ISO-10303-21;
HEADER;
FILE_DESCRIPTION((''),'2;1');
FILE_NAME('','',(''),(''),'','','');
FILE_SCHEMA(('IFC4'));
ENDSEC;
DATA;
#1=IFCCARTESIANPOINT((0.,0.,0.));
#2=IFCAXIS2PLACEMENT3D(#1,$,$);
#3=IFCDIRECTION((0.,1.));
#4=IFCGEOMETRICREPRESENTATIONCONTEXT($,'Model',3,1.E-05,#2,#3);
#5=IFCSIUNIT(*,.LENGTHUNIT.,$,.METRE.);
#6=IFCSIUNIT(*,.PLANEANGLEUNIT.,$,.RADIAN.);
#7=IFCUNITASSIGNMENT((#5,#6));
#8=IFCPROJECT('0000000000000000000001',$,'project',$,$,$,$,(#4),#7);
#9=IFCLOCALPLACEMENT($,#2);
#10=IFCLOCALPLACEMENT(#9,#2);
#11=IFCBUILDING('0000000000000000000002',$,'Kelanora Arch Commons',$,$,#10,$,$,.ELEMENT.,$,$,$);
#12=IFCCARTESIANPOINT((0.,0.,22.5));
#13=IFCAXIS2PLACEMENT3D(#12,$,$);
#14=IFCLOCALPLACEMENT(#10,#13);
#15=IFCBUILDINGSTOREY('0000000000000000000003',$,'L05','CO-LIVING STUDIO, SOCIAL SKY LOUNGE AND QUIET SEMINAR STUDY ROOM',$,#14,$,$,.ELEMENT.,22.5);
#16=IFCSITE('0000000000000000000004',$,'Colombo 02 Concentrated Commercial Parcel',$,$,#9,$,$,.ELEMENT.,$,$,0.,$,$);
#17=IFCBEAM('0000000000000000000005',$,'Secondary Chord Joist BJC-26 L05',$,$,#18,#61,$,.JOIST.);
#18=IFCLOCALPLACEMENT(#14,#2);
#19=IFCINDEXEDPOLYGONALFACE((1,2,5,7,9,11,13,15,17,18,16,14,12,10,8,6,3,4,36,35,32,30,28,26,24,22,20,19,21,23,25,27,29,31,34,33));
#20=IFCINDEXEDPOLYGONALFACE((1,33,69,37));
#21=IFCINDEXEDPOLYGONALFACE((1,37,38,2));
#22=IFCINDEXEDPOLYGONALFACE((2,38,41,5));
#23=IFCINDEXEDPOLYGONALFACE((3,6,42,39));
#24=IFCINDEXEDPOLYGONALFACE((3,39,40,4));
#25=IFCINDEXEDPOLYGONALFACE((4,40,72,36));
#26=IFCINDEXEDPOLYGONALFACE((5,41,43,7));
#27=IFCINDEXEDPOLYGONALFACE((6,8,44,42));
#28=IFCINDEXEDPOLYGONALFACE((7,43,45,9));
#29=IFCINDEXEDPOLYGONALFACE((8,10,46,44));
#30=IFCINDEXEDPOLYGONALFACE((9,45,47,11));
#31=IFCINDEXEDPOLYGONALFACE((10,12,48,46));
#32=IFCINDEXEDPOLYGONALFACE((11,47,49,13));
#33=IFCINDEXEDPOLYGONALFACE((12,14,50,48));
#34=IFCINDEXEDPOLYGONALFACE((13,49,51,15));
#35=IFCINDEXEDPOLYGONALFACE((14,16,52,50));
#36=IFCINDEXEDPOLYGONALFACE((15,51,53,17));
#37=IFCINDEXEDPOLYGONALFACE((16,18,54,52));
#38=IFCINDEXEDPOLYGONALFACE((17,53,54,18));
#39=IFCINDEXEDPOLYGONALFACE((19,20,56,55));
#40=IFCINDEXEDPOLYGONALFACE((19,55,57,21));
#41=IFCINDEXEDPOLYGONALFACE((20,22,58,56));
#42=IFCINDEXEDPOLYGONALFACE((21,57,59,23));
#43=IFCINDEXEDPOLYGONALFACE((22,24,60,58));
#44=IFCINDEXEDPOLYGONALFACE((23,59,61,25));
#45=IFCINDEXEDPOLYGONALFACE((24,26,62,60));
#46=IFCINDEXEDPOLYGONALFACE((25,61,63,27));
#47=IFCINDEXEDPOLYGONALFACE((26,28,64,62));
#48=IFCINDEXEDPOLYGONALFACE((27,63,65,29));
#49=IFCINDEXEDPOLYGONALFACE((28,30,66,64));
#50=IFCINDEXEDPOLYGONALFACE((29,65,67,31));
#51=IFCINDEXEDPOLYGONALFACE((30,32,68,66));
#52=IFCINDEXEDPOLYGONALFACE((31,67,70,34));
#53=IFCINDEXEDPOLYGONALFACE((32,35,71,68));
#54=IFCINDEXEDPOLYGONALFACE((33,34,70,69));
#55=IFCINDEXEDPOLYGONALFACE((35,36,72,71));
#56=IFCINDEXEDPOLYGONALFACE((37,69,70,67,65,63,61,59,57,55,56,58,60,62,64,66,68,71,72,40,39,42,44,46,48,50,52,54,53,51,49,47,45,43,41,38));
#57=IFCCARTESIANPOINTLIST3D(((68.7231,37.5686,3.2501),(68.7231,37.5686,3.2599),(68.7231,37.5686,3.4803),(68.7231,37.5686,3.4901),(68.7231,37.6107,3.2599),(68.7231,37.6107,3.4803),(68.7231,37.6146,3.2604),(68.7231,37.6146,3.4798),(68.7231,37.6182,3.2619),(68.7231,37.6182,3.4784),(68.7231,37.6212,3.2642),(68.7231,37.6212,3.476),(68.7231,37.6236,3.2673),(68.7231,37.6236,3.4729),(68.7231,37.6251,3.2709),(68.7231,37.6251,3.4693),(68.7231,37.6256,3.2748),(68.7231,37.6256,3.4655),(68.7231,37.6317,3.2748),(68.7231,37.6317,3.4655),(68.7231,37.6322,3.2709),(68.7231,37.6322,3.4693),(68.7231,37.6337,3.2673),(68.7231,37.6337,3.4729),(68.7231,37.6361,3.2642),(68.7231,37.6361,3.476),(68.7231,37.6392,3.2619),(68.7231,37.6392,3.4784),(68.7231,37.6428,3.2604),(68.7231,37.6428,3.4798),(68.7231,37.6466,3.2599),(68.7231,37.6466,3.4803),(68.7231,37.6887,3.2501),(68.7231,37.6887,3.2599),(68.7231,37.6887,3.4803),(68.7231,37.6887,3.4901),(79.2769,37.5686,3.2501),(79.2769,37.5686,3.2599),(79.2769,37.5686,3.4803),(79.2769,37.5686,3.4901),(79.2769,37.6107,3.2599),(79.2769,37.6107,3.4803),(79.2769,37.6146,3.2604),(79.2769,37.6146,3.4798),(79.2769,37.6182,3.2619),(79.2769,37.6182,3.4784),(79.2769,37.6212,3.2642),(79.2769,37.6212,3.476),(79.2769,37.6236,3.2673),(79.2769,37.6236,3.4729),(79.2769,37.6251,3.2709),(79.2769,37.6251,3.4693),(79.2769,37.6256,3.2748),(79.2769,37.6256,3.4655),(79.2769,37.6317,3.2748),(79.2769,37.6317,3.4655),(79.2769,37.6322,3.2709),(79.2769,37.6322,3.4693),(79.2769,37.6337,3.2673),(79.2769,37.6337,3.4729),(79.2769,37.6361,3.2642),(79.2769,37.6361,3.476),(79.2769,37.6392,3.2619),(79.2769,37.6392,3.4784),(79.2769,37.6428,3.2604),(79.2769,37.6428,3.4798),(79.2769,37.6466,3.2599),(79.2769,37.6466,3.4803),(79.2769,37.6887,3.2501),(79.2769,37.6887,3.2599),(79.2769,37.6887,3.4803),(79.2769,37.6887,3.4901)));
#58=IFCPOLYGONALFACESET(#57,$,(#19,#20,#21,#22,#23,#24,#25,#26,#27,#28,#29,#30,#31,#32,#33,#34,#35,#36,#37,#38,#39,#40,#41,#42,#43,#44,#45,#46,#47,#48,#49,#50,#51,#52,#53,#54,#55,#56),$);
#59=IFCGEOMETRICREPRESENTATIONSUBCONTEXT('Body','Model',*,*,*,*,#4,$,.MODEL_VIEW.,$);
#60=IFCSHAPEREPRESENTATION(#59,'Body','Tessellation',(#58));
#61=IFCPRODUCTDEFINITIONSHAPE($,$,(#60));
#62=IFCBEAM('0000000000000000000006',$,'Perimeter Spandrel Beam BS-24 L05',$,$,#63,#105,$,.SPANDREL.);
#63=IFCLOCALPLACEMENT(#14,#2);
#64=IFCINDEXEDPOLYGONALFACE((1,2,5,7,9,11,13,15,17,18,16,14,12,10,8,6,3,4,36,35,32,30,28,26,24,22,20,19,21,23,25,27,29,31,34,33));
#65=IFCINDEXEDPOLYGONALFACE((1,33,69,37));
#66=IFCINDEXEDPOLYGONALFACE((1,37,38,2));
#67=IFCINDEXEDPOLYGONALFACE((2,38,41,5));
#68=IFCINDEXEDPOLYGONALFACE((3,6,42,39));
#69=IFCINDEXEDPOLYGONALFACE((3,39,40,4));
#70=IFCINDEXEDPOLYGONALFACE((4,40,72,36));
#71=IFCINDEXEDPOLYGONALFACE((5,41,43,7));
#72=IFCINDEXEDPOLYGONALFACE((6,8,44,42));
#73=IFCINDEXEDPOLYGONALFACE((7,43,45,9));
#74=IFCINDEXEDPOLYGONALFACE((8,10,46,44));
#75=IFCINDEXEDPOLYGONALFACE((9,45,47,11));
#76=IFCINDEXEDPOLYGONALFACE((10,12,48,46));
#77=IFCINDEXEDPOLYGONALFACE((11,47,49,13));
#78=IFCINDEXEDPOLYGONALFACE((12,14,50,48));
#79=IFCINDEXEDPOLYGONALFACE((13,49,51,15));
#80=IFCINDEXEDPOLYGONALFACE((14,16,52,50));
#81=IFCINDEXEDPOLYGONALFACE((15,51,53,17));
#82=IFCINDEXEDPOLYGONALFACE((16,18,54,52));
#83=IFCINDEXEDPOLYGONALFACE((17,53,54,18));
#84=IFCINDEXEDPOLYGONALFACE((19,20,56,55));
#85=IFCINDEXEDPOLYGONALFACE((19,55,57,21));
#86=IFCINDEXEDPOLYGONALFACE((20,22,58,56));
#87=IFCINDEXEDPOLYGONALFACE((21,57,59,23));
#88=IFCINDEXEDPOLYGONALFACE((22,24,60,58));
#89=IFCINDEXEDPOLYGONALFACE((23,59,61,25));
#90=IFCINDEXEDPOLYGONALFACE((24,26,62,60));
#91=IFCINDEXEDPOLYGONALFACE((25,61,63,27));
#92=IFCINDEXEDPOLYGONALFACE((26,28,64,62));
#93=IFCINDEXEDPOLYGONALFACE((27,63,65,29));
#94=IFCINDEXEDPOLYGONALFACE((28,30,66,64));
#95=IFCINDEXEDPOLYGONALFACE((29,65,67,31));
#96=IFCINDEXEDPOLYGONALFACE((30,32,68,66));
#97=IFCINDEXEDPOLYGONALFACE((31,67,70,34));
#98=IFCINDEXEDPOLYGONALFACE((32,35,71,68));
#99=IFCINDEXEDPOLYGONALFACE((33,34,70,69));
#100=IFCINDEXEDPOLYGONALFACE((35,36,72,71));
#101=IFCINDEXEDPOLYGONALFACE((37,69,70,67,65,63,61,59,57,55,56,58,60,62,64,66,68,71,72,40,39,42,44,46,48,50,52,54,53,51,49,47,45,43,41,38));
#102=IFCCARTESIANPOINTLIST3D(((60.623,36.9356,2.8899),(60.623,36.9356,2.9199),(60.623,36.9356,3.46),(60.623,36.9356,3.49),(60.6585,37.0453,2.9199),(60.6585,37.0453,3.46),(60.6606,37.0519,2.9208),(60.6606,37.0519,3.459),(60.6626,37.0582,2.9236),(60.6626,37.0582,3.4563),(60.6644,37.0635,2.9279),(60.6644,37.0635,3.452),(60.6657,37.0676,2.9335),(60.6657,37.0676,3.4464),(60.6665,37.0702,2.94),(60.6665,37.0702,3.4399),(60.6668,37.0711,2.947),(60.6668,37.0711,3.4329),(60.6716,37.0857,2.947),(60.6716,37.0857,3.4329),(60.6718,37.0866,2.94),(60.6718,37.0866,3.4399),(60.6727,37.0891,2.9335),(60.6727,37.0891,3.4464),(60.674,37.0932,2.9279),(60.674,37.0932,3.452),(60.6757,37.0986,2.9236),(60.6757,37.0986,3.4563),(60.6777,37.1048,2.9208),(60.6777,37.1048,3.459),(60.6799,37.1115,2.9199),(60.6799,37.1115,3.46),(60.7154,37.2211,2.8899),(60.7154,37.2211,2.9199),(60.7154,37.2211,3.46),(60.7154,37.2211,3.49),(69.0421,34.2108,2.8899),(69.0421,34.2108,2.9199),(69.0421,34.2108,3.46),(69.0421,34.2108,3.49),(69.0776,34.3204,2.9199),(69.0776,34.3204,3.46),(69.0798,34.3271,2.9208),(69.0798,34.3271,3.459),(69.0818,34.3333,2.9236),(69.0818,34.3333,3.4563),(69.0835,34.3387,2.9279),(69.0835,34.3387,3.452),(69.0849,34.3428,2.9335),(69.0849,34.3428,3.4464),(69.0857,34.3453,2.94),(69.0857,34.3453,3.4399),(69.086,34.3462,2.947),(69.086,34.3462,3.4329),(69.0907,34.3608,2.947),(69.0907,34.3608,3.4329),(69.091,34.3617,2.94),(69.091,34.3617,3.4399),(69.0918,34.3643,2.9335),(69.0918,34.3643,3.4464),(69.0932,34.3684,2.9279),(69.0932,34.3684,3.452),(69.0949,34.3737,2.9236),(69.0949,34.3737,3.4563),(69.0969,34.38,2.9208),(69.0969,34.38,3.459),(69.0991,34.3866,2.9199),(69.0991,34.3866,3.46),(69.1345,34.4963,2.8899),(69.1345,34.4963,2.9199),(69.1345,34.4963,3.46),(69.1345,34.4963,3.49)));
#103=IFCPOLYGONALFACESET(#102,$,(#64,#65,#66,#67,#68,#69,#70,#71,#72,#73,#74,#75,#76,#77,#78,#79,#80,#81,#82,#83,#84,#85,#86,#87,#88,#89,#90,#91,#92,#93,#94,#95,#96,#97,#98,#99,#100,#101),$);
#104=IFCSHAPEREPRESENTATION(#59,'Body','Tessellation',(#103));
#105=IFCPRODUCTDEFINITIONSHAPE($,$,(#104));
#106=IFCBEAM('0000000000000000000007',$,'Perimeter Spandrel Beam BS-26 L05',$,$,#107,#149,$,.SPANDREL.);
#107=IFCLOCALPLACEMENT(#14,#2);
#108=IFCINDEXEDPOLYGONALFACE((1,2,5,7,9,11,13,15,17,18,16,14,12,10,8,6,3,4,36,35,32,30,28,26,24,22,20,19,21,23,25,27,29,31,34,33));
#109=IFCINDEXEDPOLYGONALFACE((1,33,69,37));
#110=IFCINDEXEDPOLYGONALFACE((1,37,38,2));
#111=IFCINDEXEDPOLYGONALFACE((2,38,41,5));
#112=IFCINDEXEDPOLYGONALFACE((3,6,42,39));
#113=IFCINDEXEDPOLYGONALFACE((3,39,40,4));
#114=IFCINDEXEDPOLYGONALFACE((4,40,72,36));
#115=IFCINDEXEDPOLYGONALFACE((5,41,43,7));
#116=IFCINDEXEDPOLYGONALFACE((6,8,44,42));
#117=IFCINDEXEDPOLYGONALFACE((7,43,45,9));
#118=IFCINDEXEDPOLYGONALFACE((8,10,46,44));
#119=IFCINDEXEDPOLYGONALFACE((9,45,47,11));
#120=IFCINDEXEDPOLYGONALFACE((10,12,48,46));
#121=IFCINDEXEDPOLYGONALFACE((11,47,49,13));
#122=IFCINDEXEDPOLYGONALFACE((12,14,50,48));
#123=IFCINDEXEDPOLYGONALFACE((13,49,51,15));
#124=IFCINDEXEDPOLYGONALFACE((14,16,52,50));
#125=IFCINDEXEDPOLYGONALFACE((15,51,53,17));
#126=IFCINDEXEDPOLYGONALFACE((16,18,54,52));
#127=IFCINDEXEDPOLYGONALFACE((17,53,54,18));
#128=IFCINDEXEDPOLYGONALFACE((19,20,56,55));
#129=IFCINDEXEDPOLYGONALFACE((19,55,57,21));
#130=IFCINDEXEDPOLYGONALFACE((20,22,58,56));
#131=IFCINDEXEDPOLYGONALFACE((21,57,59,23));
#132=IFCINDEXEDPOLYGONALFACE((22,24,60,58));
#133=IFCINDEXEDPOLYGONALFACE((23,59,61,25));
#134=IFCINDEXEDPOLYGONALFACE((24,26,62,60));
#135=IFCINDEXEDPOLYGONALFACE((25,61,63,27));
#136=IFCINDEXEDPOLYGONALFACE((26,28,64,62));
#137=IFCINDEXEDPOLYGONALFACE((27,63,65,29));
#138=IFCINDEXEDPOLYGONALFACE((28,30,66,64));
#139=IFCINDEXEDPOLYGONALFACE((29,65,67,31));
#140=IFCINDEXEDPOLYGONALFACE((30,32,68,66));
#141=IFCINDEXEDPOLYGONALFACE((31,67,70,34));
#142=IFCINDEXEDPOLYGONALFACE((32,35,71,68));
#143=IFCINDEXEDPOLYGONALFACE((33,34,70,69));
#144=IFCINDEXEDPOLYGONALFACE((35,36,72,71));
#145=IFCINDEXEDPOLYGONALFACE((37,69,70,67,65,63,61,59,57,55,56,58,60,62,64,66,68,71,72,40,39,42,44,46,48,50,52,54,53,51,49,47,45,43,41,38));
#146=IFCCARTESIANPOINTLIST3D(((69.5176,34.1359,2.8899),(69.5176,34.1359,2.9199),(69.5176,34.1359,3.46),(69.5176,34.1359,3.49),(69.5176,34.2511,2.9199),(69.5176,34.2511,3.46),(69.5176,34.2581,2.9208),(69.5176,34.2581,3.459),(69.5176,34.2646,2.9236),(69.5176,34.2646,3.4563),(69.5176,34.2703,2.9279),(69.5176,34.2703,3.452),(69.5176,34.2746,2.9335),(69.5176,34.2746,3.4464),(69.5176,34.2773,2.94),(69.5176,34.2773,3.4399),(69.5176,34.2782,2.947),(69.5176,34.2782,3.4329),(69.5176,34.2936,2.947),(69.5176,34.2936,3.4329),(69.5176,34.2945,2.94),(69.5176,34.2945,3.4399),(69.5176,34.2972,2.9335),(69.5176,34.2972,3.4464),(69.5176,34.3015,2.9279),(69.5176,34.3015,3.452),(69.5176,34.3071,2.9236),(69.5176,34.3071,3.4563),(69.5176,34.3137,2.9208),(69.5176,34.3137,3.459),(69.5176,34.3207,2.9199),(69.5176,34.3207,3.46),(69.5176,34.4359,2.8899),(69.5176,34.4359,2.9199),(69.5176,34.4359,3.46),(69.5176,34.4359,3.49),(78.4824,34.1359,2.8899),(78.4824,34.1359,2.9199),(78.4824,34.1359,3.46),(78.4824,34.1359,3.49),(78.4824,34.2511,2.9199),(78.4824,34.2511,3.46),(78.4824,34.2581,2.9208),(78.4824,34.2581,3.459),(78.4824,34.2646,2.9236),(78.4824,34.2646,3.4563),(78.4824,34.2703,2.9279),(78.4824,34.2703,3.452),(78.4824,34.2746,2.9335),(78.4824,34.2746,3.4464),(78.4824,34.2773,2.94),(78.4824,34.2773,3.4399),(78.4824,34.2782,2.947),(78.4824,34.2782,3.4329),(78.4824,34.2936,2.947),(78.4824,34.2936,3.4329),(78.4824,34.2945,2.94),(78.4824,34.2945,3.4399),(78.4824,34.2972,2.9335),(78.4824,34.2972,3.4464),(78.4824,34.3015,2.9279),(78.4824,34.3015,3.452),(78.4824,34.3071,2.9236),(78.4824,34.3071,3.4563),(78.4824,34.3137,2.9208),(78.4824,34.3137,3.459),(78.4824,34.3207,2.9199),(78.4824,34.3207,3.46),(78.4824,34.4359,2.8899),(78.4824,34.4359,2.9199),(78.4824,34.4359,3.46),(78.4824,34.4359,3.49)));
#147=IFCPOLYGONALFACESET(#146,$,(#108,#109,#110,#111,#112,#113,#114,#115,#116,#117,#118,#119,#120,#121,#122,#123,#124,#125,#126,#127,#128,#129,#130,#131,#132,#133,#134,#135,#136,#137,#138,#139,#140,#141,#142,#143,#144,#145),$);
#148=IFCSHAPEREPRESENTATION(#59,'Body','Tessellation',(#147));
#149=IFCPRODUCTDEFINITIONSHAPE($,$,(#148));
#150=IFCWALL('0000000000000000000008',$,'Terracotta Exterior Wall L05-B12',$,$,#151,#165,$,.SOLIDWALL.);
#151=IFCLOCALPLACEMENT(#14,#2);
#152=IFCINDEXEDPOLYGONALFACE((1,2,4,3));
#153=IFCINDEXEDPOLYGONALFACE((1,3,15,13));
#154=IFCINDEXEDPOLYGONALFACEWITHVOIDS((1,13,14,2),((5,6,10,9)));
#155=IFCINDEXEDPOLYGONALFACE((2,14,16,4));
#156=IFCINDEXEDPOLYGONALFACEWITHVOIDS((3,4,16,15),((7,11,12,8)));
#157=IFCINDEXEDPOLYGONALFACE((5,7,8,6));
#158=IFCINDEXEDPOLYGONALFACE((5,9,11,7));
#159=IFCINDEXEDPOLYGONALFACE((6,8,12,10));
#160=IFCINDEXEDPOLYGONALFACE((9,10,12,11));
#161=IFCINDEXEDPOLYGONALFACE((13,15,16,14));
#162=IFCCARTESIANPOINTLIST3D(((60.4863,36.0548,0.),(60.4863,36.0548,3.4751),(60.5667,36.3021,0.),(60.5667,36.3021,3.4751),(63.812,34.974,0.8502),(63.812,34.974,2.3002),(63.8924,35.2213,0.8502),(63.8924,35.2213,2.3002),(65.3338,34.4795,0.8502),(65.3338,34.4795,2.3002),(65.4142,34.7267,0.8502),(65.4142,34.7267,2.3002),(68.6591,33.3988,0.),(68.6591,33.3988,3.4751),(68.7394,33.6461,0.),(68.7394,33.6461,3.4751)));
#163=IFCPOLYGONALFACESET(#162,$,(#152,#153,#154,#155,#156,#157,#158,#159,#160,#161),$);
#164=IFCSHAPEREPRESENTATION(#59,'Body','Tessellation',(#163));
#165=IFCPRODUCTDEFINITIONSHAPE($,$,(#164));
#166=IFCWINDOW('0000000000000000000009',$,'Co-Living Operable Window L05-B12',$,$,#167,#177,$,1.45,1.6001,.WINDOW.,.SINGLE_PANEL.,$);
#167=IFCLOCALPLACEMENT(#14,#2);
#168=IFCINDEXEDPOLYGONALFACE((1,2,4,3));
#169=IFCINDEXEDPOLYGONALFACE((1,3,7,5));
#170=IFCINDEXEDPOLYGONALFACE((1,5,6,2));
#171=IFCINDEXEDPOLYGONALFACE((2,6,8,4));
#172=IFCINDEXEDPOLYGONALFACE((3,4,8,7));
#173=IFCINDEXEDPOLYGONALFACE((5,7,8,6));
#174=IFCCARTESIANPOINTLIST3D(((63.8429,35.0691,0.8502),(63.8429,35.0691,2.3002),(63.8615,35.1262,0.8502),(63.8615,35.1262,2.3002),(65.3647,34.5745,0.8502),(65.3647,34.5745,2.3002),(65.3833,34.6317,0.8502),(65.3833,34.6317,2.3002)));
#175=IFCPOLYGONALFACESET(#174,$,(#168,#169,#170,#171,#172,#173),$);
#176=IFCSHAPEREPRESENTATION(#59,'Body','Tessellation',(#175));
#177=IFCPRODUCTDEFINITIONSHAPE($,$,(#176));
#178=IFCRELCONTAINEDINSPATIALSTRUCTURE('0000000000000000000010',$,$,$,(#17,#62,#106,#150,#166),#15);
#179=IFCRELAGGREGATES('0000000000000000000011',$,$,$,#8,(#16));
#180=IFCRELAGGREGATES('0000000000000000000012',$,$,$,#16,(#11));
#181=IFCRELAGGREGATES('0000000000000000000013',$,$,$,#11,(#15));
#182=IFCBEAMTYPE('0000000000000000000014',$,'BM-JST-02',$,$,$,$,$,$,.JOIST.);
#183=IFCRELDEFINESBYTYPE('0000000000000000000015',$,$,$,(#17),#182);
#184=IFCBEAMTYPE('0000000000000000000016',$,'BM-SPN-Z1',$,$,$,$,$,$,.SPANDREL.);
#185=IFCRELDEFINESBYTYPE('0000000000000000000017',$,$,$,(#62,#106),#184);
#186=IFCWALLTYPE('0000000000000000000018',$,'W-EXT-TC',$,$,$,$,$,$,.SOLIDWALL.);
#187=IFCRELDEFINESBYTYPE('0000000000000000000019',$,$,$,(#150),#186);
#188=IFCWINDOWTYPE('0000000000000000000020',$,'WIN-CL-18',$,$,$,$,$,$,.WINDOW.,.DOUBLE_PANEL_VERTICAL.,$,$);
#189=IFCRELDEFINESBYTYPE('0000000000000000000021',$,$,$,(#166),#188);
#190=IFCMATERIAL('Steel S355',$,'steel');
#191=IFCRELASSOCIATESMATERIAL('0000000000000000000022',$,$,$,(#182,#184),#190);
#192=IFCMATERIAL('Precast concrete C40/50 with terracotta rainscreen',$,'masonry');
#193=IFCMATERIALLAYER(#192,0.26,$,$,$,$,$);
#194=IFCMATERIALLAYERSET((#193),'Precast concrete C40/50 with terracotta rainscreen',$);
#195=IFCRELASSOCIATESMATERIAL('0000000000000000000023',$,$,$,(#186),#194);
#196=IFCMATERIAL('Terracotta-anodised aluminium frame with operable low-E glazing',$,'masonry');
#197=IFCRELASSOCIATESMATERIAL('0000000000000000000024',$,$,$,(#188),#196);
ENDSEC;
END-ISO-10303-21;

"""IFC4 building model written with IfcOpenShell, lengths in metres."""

from ifc_helpers import new_model, si_unit, direction, frame, frame_2d, origin, origin_2d, place, context, subcontext, project, spatial, rectangle, i_section, extrude, material, layer, layer_set, material_profile, profile_set, type_object, element, fill, save


model = new_model("IFC4")

# Units and contexts
model_context = context("Model", 3, precision=1e-05, world=origin(), true_north=direction((0.0, 1.0)))
body_context = subcontext(model_context, "Body", "Model", "MODEL_VIEW")
ifc_project = project(units=[si_unit("LENGTHUNIT", "METRE"), si_unit("PLANEANGLEUNIT", "RADIAN")], contexts=[model_context])

# Site, building, storey
site_placement = place(None, origin())
site = spatial("IfcSite", under=ifc_project, at=site_placement, Name="Colombo 02 Concentrated Commercial Parcel", CompositionType="ELEMENT", RefElevation=0.0)
building_placement = place(site_placement, origin())
building = spatial("IfcBuilding", under=site, at=building_placement, Name="Kelanora Arch Commons", CompositionType="ELEMENT")
storey_placement = place(building_placement, frame((0.0, 0.0, 22.5)))
storey = spatial("IfcBuildingStorey", under=building, at=storey_placement, Name="L05", Description="CO-LIVING STUDIO, SOCIAL SKY LOUNGE AND QUIET SEMINAR STUDY ROOM", CompositionType="ELEMENT", Elevation=22.5)

# Beams
ifc_material_1 = material(Name="Steel S355", Category="steel")
ifc_material_profile_1 = material_profile(ifc_material_1, i_section(OverallWidth=0.1201, OverallDepth=0.24, WebThickness=0.0061, FlangeThickness=0.0098, FilletRadius=0.0149, at=origin_2d()), Name="IPE240")
ifc_profile_set_1 = profile_set([ifc_material_profile_1], Name="Steel S355")
beam_type_1 = type_object("IfcBeamType", Name="BM-JST-02", PredefinedType="JOIST", material=ifc_profile_set_1)
beam_1_placement = place(storey_placement, frame((68.7231, 37.6287, 3.3701), z_axis=(1.0, 0.0, 0.0), x_axis=(0.0, 1.0, 0.0)))
element("IfcBeam", 1, at=beam_1_placement, inside=storey, type_object=beam_type_1, Name="Secondary Chord Joist BJC-26 L05", PredefinedType="JOIST", context=body_context, shape_type="SweptSolid", body=[
    extrude(i_section(OverallWidth=0.1201, OverallDepth=0.24, WebThickness=0.0061, FlangeThickness=0.0098, FilletRadius=0.0149, at=origin_2d()), origin(), (0.0, 0.0, 1.0), 10.5537),
])
ifc_material_profile_2 = material_profile(ifc_material_1, i_section(OverallWidth=0.3, OverallDepth=0.6001, WebThickness=0.0154, FlangeThickness=0.03, FilletRadius=0.0271, at=origin_2d()), Name="HEB600")
ifc_profile_set_2 = profile_set([ifc_material_profile_2], Name="Steel S355")
beam_type_2 = type_object("IfcBeamType", Name="BM-SPN-Z1", PredefinedType="SPANDREL", material=ifc_profile_set_2)
beam_2_placement = place(storey_placement, frame((60.6692, 37.0784, 3.1899), z_axis=(0.951411, -0.307922, 0.0), x_axis=(0.307922, 0.951411, 0.0)))
element("IfcBeam", 2, at=beam_2_placement, inside=storey, type_object=beam_type_2, Name="Perimeter Spandrel Beam BS-24 L05", PredefinedType="SPANDREL", context=body_context, shape_type="SweptSolid", body=[
    extrude(i_section(OverallWidth=0.3, OverallDepth=0.6001, WebThickness=0.0154, FlangeThickness=0.03, FilletRadius=0.0271, at=origin_2d()), origin(), (0.0, 0.0, 1.0), 8.8491),
])
beam_3_placement = place(storey_placement, frame((69.5176, 34.2859, 3.1899), z_axis=(1.0, 0.0, 0.0), x_axis=(0.0, 1.0, 0.0)))
element("IfcBeam", 3, at=beam_3_placement, inside=storey, type_object=beam_type_2, Name="Perimeter Spandrel Beam BS-26 L05", PredefinedType="SPANDREL", context=body_context, shape_type="SweptSolid", body=[
    extrude(i_section(OverallWidth=0.3, OverallDepth=0.6001, WebThickness=0.0154, FlangeThickness=0.03, FilletRadius=0.0271, at=origin_2d()), origin(), (0.0, 0.0, 1.0), 8.9648),
])

# Wall, opening, window
ifc_material_2 = material(Name="Precast concrete C40/50 with terracotta rainscreen", Category="masonry")
ifc_layer_1 = layer(ifc_material_2, 0.26)
ifc_layer_set_1 = layer_set([ifc_layer_1], Name="Precast concrete C40/50 with terracotta rainscreen")
wall_type_1 = type_object("IfcWallType", Name="W-EXT-TC", PredefinedType="SOLIDWALL", material=ifc_layer_set_1)
wall_1_placement = place(storey_placement, frame((60.5264, 36.1785, 0.0), z_axis=(0.0, 0.0, 1.0), x_axis=(0.95104, -0.309068, 0.0)))
wall_1 = element("IfcWall", 4, at=wall_1_placement, inside=storey, type_object=wall_type_1, Name="Terracotta Exterior Wall L05-B12", PredefinedType="SOLIDWALL", context=body_context, shape_type="SweptSolid", body=[
    extrude(rectangle(XDim=8.5935, YDim=0.26, at=frame_2d((4.2969, 0.0))), origin(), (0.0, 0.0, 1.0), 3.4751),
])
opening_1_placement = place(wall_1_placement, frame((3.4971, 0.0, 0.8501)))
opening_1 = element("IfcOpeningElement", 5, at=opening_1_placement, cuts=wall_1, PredefinedType="OPENING", context=body_context, shape_type="SweptSolid", body=[
    extrude(rectangle(XDim=1.6001, YDim=1.45, at=frame_2d((0.8, 0.7251))), frame((0.0, 0.1401, 0.0), z_axis=(0.0, -1.0, 0.0), x_axis=(1.0, 0.0, 0.0)), (0.0, 0.0, 1.0), 0.28),
])
ifc_material_3 = material(Name="Terracotta-anodised aluminium frame with operable low-E glazing", Category="masonry")
window_type = type_object("IfcWindowType", Name="WIN-CL-18", PartitioningType="DOUBLE_PANEL_VERTICAL", PredefinedType="WINDOW", material=ifc_material_3)
window_1_placement = place(opening_1_placement, origin())
window_1 = element("IfcWindow", 6, at=window_1_placement, inside=storey, type_object=window_type, Name="Co-Living Operable Window L05-B12", OverallHeight=1.45, OverallWidth=1.6001, PartitioningType="SINGLE_PANEL", PredefinedType="WINDOW", context=body_context, shape_type="SweptSolid", body=[
    extrude(rectangle(XDim=1.6001, YDim=1.45, at=frame_2d((0.8, 0.7251))), frame((0.0, 0.03, 0.0), z_axis=(0.0, -1.0, 0.0), x_axis=(1.0, 0.0, 0.0)), (0.0, 0.0, 1.0), 0.0601),
])
fill(opening_1, window_1)

save(model, "model.ifc")
